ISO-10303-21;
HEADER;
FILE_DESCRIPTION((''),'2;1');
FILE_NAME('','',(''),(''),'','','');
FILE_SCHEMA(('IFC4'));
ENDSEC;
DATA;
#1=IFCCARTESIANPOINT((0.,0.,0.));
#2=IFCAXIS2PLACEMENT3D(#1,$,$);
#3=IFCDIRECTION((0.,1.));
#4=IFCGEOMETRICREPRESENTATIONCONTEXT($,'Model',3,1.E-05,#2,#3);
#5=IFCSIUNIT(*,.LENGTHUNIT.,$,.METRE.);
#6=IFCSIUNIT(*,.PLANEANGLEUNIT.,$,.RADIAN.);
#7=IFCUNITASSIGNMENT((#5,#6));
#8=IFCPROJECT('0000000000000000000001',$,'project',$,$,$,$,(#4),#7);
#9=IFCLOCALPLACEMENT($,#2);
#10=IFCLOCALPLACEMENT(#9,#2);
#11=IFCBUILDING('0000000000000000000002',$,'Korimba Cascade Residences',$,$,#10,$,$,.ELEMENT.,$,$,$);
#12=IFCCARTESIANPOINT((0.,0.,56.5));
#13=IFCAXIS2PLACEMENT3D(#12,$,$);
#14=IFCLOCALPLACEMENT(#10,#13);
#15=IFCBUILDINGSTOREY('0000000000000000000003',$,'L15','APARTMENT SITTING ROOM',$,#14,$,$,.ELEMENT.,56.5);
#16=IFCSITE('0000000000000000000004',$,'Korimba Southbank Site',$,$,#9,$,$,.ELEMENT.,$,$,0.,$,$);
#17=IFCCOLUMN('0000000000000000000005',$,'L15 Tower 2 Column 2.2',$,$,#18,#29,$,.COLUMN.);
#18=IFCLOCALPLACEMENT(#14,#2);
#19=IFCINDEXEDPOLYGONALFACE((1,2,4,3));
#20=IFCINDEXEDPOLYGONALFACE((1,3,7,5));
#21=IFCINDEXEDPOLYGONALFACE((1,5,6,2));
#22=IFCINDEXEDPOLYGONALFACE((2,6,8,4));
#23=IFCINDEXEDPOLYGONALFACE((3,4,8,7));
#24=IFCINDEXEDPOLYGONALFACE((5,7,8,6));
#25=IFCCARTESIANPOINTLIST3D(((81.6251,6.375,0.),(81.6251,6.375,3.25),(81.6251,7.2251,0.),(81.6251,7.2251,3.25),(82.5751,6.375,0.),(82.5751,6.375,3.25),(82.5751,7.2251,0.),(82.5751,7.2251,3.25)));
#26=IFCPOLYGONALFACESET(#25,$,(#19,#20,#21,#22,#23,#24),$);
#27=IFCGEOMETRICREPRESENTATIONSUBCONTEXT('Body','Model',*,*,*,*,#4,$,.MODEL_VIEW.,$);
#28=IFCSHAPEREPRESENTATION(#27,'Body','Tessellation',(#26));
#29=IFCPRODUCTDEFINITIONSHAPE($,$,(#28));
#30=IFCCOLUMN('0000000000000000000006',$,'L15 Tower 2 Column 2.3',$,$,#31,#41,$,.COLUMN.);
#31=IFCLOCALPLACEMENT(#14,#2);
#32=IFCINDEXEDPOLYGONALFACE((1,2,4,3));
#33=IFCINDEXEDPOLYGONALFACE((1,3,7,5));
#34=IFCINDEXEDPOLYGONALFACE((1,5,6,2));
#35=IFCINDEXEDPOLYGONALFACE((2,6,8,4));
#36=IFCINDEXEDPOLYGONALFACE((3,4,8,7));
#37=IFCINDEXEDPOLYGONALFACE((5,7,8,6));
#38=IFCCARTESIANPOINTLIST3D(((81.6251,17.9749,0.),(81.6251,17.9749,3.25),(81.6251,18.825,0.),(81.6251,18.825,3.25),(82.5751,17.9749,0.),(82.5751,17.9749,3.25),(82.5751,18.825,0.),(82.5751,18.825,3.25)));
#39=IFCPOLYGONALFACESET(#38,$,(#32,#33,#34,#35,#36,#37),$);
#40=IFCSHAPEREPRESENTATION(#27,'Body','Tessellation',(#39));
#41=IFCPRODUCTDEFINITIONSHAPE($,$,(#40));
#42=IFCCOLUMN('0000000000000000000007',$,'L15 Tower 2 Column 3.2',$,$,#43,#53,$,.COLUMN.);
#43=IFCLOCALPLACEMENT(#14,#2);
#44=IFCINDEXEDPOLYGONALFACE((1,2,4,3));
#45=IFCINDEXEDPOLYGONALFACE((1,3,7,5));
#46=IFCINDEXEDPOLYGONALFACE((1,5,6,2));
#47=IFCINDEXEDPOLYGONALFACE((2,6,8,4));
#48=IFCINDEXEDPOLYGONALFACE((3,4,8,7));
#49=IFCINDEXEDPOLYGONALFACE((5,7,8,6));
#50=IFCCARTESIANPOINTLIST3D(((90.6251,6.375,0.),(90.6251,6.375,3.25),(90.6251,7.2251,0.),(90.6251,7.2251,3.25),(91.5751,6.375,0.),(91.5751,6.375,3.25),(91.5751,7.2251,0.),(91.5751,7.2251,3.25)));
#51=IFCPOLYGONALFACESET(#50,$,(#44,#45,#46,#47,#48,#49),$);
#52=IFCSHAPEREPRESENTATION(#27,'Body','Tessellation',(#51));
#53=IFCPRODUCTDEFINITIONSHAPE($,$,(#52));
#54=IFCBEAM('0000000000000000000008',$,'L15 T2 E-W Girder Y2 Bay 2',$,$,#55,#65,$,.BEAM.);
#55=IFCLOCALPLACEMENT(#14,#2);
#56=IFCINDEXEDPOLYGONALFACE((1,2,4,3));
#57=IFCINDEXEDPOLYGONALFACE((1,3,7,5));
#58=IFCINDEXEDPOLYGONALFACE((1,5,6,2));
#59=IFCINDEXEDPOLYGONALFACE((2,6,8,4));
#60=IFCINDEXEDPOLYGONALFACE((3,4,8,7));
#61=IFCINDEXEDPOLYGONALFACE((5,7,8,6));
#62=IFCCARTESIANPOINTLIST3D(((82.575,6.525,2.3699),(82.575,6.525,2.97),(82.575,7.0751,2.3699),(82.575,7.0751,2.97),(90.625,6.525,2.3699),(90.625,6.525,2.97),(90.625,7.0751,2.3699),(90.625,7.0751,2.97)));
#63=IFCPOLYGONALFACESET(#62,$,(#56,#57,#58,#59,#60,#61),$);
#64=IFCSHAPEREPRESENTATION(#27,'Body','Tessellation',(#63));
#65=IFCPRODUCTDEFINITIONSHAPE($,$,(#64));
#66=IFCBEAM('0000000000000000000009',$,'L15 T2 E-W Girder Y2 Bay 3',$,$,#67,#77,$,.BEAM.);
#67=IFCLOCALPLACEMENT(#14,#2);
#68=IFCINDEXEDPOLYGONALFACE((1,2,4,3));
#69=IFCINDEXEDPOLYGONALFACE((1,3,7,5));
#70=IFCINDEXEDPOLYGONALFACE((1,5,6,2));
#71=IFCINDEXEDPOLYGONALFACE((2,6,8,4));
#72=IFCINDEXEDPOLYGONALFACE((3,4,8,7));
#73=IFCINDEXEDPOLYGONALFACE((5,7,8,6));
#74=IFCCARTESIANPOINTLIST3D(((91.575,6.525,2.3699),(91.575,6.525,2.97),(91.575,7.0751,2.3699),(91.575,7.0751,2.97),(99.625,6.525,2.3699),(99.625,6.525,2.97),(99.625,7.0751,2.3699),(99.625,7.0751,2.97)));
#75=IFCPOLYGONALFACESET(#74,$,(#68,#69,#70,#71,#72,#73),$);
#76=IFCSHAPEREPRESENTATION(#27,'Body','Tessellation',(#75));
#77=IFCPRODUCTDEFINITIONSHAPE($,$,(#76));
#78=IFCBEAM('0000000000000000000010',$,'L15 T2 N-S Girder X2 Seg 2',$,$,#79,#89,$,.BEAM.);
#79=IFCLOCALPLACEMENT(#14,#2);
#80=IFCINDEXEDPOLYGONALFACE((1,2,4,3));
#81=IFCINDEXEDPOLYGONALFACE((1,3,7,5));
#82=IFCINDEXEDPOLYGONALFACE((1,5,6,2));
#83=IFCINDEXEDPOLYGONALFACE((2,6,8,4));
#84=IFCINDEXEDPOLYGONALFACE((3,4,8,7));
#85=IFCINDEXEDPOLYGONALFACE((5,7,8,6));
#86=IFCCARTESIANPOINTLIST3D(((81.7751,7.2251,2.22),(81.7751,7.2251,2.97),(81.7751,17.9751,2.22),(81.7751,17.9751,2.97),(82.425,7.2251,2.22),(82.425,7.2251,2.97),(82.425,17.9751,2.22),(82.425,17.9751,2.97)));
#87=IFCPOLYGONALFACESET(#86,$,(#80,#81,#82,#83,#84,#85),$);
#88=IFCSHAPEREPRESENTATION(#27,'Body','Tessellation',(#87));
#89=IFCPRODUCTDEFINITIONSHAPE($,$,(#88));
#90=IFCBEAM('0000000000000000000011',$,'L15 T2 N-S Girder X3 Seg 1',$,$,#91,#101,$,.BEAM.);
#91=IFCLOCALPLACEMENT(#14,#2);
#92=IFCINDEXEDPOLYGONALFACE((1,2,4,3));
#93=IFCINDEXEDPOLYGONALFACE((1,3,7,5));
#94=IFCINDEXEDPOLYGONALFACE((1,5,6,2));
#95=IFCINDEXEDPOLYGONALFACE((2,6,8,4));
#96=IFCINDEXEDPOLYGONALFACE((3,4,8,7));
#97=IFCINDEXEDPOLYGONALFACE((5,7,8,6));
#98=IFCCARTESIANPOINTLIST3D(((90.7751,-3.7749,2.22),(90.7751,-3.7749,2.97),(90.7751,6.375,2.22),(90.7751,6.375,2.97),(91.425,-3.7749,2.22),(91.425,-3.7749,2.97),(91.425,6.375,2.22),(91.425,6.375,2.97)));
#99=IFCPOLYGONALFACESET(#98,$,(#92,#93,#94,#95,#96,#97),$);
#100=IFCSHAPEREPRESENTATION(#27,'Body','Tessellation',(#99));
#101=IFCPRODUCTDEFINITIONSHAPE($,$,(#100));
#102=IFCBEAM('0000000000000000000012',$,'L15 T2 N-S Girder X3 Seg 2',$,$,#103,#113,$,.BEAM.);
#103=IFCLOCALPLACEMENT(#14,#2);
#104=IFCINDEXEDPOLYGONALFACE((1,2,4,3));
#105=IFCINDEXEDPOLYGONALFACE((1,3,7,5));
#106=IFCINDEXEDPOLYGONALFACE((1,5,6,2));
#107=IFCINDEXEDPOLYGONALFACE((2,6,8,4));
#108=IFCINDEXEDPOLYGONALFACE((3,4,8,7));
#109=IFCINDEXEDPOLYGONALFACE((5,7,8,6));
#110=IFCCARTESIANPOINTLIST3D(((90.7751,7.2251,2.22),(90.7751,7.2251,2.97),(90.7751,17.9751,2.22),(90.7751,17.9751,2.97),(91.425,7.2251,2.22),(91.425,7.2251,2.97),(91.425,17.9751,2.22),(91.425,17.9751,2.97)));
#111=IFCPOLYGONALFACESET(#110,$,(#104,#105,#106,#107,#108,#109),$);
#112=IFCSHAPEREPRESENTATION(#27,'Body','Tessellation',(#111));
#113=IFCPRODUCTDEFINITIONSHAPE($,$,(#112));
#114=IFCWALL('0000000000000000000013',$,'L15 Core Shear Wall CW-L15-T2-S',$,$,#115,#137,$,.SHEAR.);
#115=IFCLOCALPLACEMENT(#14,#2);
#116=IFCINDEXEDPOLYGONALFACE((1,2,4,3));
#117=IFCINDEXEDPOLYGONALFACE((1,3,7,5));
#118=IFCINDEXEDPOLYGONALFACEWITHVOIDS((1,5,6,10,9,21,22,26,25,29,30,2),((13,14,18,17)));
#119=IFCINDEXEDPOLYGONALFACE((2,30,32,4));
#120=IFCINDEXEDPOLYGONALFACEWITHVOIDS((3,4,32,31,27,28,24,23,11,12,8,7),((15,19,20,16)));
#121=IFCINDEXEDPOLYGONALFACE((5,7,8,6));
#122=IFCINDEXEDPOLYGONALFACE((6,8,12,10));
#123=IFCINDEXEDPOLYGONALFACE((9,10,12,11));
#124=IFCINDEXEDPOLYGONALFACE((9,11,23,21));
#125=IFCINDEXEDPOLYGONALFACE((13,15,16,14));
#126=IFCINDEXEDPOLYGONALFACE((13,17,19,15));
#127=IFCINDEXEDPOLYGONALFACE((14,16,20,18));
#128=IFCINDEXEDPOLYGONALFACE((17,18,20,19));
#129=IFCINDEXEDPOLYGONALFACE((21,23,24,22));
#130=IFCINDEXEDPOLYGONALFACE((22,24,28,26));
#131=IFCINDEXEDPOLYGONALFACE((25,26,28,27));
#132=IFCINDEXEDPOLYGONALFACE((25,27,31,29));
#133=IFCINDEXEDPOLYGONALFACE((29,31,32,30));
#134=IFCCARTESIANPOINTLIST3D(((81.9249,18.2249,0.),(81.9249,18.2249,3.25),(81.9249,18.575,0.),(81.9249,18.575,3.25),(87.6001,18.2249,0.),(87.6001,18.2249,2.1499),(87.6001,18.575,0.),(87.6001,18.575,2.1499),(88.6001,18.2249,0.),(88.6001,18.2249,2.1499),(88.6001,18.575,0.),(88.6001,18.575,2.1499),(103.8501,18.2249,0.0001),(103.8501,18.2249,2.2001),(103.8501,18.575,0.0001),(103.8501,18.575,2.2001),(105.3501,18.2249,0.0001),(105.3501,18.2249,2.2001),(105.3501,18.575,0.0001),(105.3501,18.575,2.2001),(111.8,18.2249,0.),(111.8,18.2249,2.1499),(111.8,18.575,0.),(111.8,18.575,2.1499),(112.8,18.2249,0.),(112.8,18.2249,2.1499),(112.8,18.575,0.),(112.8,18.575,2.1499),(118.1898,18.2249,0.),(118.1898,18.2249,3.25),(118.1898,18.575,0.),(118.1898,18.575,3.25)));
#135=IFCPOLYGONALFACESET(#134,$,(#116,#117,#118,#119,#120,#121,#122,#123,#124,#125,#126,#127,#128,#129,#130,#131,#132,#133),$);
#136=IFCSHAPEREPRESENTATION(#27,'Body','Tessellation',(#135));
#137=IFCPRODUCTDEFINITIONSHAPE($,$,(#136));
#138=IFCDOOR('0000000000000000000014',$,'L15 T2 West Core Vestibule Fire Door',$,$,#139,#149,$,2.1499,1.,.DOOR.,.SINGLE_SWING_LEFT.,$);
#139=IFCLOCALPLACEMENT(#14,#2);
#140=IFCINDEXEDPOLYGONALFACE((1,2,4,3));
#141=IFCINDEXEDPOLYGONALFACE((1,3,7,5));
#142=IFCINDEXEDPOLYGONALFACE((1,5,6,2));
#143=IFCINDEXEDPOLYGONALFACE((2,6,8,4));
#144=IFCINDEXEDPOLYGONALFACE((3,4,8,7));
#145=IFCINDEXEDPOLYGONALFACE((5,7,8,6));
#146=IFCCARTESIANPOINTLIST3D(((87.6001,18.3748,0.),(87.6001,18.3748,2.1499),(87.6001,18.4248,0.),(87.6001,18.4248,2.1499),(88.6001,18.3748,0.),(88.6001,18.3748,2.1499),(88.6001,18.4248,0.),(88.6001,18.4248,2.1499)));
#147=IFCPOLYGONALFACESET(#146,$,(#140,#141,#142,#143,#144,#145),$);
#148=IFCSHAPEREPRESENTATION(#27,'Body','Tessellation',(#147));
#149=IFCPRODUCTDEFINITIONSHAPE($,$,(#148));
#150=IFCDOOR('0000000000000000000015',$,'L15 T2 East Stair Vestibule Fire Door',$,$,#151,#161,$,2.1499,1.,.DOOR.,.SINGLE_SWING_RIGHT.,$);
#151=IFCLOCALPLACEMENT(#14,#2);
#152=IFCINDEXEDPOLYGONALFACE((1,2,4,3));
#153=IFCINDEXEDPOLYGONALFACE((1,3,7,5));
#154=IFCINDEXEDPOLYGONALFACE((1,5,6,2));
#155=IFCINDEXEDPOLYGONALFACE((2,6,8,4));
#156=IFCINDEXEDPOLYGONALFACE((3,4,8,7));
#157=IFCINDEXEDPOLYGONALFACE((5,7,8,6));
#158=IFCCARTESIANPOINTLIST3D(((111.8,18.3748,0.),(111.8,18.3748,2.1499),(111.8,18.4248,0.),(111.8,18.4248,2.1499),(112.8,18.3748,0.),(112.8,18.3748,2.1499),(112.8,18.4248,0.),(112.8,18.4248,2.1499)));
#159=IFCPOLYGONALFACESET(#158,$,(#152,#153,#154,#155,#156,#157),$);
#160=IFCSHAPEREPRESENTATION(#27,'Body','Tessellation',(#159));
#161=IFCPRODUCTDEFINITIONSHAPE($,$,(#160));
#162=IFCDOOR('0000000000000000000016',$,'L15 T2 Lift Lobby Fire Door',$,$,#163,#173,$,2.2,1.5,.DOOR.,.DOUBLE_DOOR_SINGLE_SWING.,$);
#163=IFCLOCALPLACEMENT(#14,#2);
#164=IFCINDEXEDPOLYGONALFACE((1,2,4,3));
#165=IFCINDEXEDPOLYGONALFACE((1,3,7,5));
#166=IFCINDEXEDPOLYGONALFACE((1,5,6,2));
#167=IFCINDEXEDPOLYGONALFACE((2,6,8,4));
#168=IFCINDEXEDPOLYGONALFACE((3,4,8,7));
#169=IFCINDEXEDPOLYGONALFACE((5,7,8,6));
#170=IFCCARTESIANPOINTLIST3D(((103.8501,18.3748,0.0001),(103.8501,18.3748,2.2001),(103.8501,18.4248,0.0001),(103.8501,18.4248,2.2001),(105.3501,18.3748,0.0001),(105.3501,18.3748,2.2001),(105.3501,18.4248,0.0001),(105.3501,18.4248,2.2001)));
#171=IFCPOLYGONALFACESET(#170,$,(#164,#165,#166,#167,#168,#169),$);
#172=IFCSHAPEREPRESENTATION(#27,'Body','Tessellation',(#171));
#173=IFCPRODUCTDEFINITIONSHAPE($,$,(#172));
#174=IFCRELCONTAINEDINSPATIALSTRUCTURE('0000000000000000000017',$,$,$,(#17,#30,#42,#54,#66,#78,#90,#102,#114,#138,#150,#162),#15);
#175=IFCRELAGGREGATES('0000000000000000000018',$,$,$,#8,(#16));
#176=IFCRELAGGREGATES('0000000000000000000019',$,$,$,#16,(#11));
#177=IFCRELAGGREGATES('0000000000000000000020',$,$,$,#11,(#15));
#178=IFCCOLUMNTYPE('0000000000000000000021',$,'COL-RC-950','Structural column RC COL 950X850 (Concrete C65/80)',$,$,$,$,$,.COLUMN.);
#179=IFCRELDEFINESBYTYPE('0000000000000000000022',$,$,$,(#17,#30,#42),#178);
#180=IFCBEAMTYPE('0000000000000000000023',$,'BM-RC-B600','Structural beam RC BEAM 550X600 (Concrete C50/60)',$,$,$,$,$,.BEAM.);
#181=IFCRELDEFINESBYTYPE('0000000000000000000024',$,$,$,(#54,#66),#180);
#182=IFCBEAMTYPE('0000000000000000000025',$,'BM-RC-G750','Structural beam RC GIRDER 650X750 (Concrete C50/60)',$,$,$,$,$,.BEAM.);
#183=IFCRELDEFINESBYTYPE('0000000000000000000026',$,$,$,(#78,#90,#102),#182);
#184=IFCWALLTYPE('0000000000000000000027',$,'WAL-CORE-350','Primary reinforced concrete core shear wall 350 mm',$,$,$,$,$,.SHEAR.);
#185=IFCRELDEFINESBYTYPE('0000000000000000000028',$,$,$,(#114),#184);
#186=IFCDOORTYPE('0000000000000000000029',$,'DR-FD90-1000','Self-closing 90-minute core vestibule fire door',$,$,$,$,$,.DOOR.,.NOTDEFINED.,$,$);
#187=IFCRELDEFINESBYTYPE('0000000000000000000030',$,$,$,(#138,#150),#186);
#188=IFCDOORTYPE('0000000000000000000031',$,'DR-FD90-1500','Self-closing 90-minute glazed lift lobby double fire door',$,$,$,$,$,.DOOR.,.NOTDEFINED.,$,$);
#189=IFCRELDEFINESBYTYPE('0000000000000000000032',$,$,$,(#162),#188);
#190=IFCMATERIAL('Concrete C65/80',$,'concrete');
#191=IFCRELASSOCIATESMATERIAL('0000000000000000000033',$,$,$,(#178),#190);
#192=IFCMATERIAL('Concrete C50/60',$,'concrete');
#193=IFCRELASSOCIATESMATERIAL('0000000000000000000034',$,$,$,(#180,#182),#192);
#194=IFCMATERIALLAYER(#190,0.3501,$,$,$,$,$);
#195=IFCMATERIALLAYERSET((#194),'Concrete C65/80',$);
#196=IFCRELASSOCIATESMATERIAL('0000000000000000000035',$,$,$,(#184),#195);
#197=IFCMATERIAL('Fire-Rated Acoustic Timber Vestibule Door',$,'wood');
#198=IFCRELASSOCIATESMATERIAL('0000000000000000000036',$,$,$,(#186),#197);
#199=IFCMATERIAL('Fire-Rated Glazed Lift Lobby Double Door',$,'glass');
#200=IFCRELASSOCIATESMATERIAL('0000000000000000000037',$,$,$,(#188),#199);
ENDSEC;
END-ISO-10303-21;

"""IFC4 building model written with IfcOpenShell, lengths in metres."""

from ifc_helpers import new_model, si_unit, direction, frame, frame_2d, origin, origin_2d, place, context, subcontext, project, spatial, rectangle, extrude, material, layer, layer_set, material_profile, profile_set, type_object, element, fill, save


model = new_model("IFC4")

# Units and contexts
model_context = context("Model", 3, precision=1e-05, world=origin(), true_north=direction((0.0, 1.0)))
body_context = subcontext(model_context, "Body", "Model", "MODEL_VIEW")
ifc_project = project(units=[si_unit("LENGTHUNIT", "METRE"), si_unit("PLANEANGLEUNIT", "RADIAN")], contexts=[model_context])

# Site, building, storey
site_placement = place(None, origin())
site = spatial("IfcSite", under=ifc_project, at=site_placement, Name="Korimba Southbank Site", CompositionType="ELEMENT", RefElevation=0.0)
building_placement = place(site_placement, origin())
building = spatial("IfcBuilding", under=site, at=building_placement, Name="Korimba Cascade Residences", CompositionType="ELEMENT")
storey_placement = place(building_placement, frame((0.0, 0.0, 56.5)))
storey = spatial("IfcBuildingStorey", under=building, at=storey_placement, Name="L15", Description="APARTMENT SITTING ROOM", CompositionType="ELEMENT", Elevation=56.5)

# Columns
ifc_material_1 = material(Name="Concrete C65/80", Category="concrete")
ifc_material_profile_1 = material_profile(ifc_material_1, rectangle(XDim=0.95, YDim=0.8501, at=origin_2d()), Name="Concrete C65/80")
ifc_profile_set_1 = profile_set([ifc_material_profile_1], Name="Concrete C65/80")
column_type = type_object("IfcColumnType", Name="COL-RC-950", Description="Structural column RC COL 950X850 (Concrete C65/80)", PredefinedType="COLUMN", material=ifc_profile_set_1)
for number, where, z_axis, x_axis, name in (
    (1, (82.1001, 6.8, 0.0), (0.0, 0.0, 1.0), (1.0, 0.0, 0.0), "L15 Tower 2 Column 2.2"),
    (2, (82.1001, 18.3999, 0.0), (0.0, 0.0, 1.0), (1.0, 0.0, 0.0), "L15 Tower 2 Column 2.3"),
    (3, (91.1001, 6.8, 0.0), (0.0, 0.0, 1.0), (1.0, 0.0, 0.0), "L15 Tower 2 Column 3.2"),
):
    element("IfcColumn", number, at=place(storey_placement, frame(where, z_axis=z_axis, x_axis=x_axis)), inside=storey, type_object=column_type, Name=name, PredefinedType="COLUMN", context=body_context, shape_type="SweptSolid", body=[
        extrude(rectangle(XDim=0.95, YDim=0.8501, at=origin_2d()), origin(), (0.0, 0.0, 1.0), 3.25),
    ])

# Beams
ifc_material_2 = material(Name="Concrete C50/60", Category="concrete")
ifc_material_profile_2 = material_profile(ifc_material_2, rectangle(XDim=0.55, YDim=0.6001, at=origin_2d()), Name="Concrete C50/60")
ifc_profile_set_2 = profile_set([ifc_material_profile_2], Name="Concrete C50/60")
beam_type_1 = type_object("IfcBeamType", Name="BM-RC-B600", Description="Structural beam RC BEAM 550X600 (Concrete C50/60)", PredefinedType="BEAM", material=ifc_profile_set_2)
for number, where, z_axis, x_axis, name in (
    (4, (82.575, 6.8, 2.6699), (1.0, 0.0, 0.0), (0.0, 1.0, 0.0), "L15 T2 E-W Girder Y2 Bay 2"),
    (5, (91.575, 6.8, 2.6699), (1.0, 0.0, 0.0), (0.0, 1.0, 0.0), "L15 T2 E-W Girder Y2 Bay 3"),
):
    element("IfcBeam", number, at=place(storey_placement, frame(where, z_axis=z_axis, x_axis=x_axis)), inside=storey, type_object=beam_type_1, Name=name, PredefinedType="BEAM", context=body_context, shape_type="SweptSolid", body=[
        extrude(rectangle(XDim=0.55, YDim=0.6001, at=origin_2d()), origin(), (0.0, 0.0, 1.0), 8.05),
    ])
ifc_material_profile_3 = material_profile(ifc_material_2, rectangle(XDim=0.6499, YDim=0.75, at=origin_2d()), Name="Concrete C50/60")
ifc_profile_set_3 = profile_set([ifc_material_profile_3], Name="Concrete C50/60")
beam_type_2 = type_object("IfcBeamType", Name="BM-RC-G750", Description="Structural beam RC GIRDER 650X750 (Concrete C50/60)", PredefinedType="BEAM", material=ifc_profile_set_3)
beam_1_placement = place(storey_placement, frame((82.1001, 7.2251, 2.595), z_axis=(0.0, 1.0, 0.0), x_axis=(-1.0, 0.0, 0.0)))
element("IfcBeam", 6, at=beam_1_placement, inside=storey, type_object=beam_type_2, Name="L15 T2 N-S Girder X2 Seg 2", PredefinedType="BEAM", context=body_context, shape_type="SweptSolid", body=[
    extrude(rectangle(XDim=0.6499, YDim=0.75, at=origin_2d()), origin(), (0.0, 0.0, 1.0), 10.75),
])
beam_2_placement = place(storey_placement, frame((91.1001, -3.7749, 2.595), z_axis=(0.0, 1.0, 0.0), x_axis=(-1.0, 0.0, 0.0)))
element("IfcBeam", 7, at=beam_2_placement, inside=storey, type_object=beam_type_2, Name="L15 T2 N-S Girder X3 Seg 1", PredefinedType="BEAM", context=body_context, shape_type="SweptSolid", body=[
    extrude(rectangle(XDim=0.6499, YDim=0.75, at=origin_2d()), origin(), (0.0, 0.0, 1.0), 10.1499),
])
beam_3_placement = place(storey_placement, frame((91.1001, 7.2251, 2.595), z_axis=(0.0, 1.0, 0.0), x_axis=(-1.0, 0.0, 0.0)))
element("IfcBeam", 8, at=beam_3_placement, inside=storey, type_object=beam_type_2, Name="L15 T2 N-S Girder X3 Seg 2", PredefinedType="BEAM", context=body_context, shape_type="SweptSolid", body=[
    extrude(rectangle(XDim=0.6499, YDim=0.75, at=origin_2d()), origin(), (0.0, 0.0, 1.0), 10.75),
])

# Wall, openings, doors
ifc_layer_1 = layer(ifc_material_1, 0.3501)
ifc_layer_set_1 = layer_set([ifc_layer_1], Name="Concrete C65/80")
wall_type_1 = type_object("IfcWallType", Name="WAL-CORE-350", Description="Primary reinforced concrete core shear wall 350 mm", PredefinedType="SHEAR", material=ifc_layer_set_1)
wall_1_placement = place(storey_placement, frame((81.925, 18.3999, 0.0), z_axis=(0.0, 0.0, 1.0), x_axis=(1.0, 0.0, 0.0)))
wall_1 = element("IfcWall", 9, at=wall_1_placement, inside=storey, type_object=wall_type_1, Name="L15 Core Shear Wall CW-L15-T2-S", PredefinedType="SHEAR", context=body_context, shape_type="SweptSolid", body=[
    extrude(rectangle(XDim=36.2649, YDim=0.3501, at=frame_2d((18.1323, 0.0))), origin(), (0.0, 0.0, 1.0), 3.25),
])
opening_1_placement = place(wall_1_placement, frame((5.675, 0.0, 0.0)))
opening_1 = element("IfcOpeningElement", 10, at=opening_1_placement, cuts=wall_1, PredefinedType="OPENING", context=body_context, shape_type="SweptSolid", body=[
    extrude(rectangle(XDim=1.0, YDim=2.1499, at=frame_2d((0.5, 1.075))), frame((0.0, 0.1851, 0.0), z_axis=(0.0, -1.0, 0.0), x_axis=(1.0, 0.0, 0.0)), (0.0, 0.0, 1.0), 0.3701),
])
opening_2_placement = place(wall_1_placement, frame((21.925, 0.0, 0.0)))
opening_2 = element("IfcOpeningElement", 11, at=opening_2_placement, cuts=wall_1, PredefinedType="OPENING", context=body_context, shape_type="SweptSolid", body=[
    extrude(rectangle(XDim=1.5, YDim=2.2, at=frame_2d((0.75, 1.1001))), frame((0.0, 0.1851, 0.0), z_axis=(0.0, -1.0, 0.0), x_axis=(1.0, 0.0, 0.0)), (0.0, 0.0, 1.0), 0.3701),
])
opening_3_placement = place(wall_1_placement, frame((29.875, 0.0, 0.0)))
opening_3 = element("IfcOpeningElement", 12, at=opening_3_placement, cuts=wall_1, PredefinedType="OPENING", context=body_context, shape_type="SweptSolid", body=[
    extrude(rectangle(XDim=1.0, YDim=2.1499, at=frame_2d((0.5, 1.075))), frame((0.0, 0.1851, 0.0), z_axis=(0.0, -1.0, 0.0), x_axis=(1.0, 0.0, 0.0)), (0.0, 0.0, 1.0), 0.3701),
])
ifc_material_3 = material(Name="Fire-Rated Acoustic Timber Vestibule Door", Category="wood")
door_type_1 = type_object("IfcDoorType", Name="DR-FD90-1000", Description="Self-closing 90-minute core vestibule fire door", OperationType="NOTDEFINED", PredefinedType="DOOR", material=ifc_material_3)
door_1_placement = place(opening_1_placement, origin())
door_1 = element("IfcDoor", 13, at=door_1_placement, inside=storey, type_object=door_type_1, Name="L15 T2 West Core Vestibule Fire Door", OperationType="SINGLE_SWING_LEFT", OverallHeight=2.1499, OverallWidth=1.0, PredefinedType="DOOR", context=body_context, shape_type="SweptSolid", body=[
    extrude(rectangle(XDim=1.0, YDim=2.1499, at=frame_2d((0.5, 1.075))), frame((0.0, 0.0249, 0.0), z_axis=(0.0, -1.0, 0.0), x_axis=(1.0, 0.0, 0.0)), (0.0, 0.0, 1.0), 0.05),
])
fill(opening_1, door_1)
door_2_placement = place(opening_3_placement, origin())
door_2 = element("IfcDoor", 14, at=door_2_placement, inside=storey, type_object=door_type_1, Name="L15 T2 East Stair Vestibule Fire Door", OperationType="SINGLE_SWING_RIGHT", OverallHeight=2.1499, OverallWidth=1.0, PredefinedType="DOOR", context=body_context, shape_type="SweptSolid", body=[
    extrude(rectangle(XDim=1.0, YDim=2.1499, at=frame_2d((0.5, 1.075))), frame((0.0, 0.0249, 0.0), z_axis=(0.0, -1.0, 0.0), x_axis=(1.0, 0.0, 0.0)), (0.0, 0.0, 1.0), 0.05),
])
fill(opening_3, door_2)
ifc_material_4 = material(Name="Fire-Rated Glazed Lift Lobby Double Door", Category="glass")
door_type_2 = type_object("IfcDoorType", Name="DR-FD90-1500", Description="Self-closing 90-minute glazed lift lobby double fire door", OperationType="NOTDEFINED", PredefinedType="DOOR", material=ifc_material_4)
door_3_placement = place(opening_2_placement, origin())
door_3 = element("IfcDoor", 15, at=door_3_placement, inside=storey, type_object=door_type_2, Name="L15 T2 Lift Lobby Fire Door", OperationType="DOUBLE_DOOR_SINGLE_SWING", OverallHeight=2.2, OverallWidth=1.5, PredefinedType="DOOR", context=body_context, shape_type="SweptSolid", body=[
    extrude(rectangle(XDim=1.5, YDim=2.2, at=frame_2d((0.75, 1.1001))), frame((0.0, 0.0249, 0.0), z_axis=(0.0, -1.0, 0.0), x_axis=(1.0, 0.0, 0.0)), (0.0, 0.0, 1.0), 0.05),
])
fill(opening_2, door_3)

save(model, "model.ifc")
